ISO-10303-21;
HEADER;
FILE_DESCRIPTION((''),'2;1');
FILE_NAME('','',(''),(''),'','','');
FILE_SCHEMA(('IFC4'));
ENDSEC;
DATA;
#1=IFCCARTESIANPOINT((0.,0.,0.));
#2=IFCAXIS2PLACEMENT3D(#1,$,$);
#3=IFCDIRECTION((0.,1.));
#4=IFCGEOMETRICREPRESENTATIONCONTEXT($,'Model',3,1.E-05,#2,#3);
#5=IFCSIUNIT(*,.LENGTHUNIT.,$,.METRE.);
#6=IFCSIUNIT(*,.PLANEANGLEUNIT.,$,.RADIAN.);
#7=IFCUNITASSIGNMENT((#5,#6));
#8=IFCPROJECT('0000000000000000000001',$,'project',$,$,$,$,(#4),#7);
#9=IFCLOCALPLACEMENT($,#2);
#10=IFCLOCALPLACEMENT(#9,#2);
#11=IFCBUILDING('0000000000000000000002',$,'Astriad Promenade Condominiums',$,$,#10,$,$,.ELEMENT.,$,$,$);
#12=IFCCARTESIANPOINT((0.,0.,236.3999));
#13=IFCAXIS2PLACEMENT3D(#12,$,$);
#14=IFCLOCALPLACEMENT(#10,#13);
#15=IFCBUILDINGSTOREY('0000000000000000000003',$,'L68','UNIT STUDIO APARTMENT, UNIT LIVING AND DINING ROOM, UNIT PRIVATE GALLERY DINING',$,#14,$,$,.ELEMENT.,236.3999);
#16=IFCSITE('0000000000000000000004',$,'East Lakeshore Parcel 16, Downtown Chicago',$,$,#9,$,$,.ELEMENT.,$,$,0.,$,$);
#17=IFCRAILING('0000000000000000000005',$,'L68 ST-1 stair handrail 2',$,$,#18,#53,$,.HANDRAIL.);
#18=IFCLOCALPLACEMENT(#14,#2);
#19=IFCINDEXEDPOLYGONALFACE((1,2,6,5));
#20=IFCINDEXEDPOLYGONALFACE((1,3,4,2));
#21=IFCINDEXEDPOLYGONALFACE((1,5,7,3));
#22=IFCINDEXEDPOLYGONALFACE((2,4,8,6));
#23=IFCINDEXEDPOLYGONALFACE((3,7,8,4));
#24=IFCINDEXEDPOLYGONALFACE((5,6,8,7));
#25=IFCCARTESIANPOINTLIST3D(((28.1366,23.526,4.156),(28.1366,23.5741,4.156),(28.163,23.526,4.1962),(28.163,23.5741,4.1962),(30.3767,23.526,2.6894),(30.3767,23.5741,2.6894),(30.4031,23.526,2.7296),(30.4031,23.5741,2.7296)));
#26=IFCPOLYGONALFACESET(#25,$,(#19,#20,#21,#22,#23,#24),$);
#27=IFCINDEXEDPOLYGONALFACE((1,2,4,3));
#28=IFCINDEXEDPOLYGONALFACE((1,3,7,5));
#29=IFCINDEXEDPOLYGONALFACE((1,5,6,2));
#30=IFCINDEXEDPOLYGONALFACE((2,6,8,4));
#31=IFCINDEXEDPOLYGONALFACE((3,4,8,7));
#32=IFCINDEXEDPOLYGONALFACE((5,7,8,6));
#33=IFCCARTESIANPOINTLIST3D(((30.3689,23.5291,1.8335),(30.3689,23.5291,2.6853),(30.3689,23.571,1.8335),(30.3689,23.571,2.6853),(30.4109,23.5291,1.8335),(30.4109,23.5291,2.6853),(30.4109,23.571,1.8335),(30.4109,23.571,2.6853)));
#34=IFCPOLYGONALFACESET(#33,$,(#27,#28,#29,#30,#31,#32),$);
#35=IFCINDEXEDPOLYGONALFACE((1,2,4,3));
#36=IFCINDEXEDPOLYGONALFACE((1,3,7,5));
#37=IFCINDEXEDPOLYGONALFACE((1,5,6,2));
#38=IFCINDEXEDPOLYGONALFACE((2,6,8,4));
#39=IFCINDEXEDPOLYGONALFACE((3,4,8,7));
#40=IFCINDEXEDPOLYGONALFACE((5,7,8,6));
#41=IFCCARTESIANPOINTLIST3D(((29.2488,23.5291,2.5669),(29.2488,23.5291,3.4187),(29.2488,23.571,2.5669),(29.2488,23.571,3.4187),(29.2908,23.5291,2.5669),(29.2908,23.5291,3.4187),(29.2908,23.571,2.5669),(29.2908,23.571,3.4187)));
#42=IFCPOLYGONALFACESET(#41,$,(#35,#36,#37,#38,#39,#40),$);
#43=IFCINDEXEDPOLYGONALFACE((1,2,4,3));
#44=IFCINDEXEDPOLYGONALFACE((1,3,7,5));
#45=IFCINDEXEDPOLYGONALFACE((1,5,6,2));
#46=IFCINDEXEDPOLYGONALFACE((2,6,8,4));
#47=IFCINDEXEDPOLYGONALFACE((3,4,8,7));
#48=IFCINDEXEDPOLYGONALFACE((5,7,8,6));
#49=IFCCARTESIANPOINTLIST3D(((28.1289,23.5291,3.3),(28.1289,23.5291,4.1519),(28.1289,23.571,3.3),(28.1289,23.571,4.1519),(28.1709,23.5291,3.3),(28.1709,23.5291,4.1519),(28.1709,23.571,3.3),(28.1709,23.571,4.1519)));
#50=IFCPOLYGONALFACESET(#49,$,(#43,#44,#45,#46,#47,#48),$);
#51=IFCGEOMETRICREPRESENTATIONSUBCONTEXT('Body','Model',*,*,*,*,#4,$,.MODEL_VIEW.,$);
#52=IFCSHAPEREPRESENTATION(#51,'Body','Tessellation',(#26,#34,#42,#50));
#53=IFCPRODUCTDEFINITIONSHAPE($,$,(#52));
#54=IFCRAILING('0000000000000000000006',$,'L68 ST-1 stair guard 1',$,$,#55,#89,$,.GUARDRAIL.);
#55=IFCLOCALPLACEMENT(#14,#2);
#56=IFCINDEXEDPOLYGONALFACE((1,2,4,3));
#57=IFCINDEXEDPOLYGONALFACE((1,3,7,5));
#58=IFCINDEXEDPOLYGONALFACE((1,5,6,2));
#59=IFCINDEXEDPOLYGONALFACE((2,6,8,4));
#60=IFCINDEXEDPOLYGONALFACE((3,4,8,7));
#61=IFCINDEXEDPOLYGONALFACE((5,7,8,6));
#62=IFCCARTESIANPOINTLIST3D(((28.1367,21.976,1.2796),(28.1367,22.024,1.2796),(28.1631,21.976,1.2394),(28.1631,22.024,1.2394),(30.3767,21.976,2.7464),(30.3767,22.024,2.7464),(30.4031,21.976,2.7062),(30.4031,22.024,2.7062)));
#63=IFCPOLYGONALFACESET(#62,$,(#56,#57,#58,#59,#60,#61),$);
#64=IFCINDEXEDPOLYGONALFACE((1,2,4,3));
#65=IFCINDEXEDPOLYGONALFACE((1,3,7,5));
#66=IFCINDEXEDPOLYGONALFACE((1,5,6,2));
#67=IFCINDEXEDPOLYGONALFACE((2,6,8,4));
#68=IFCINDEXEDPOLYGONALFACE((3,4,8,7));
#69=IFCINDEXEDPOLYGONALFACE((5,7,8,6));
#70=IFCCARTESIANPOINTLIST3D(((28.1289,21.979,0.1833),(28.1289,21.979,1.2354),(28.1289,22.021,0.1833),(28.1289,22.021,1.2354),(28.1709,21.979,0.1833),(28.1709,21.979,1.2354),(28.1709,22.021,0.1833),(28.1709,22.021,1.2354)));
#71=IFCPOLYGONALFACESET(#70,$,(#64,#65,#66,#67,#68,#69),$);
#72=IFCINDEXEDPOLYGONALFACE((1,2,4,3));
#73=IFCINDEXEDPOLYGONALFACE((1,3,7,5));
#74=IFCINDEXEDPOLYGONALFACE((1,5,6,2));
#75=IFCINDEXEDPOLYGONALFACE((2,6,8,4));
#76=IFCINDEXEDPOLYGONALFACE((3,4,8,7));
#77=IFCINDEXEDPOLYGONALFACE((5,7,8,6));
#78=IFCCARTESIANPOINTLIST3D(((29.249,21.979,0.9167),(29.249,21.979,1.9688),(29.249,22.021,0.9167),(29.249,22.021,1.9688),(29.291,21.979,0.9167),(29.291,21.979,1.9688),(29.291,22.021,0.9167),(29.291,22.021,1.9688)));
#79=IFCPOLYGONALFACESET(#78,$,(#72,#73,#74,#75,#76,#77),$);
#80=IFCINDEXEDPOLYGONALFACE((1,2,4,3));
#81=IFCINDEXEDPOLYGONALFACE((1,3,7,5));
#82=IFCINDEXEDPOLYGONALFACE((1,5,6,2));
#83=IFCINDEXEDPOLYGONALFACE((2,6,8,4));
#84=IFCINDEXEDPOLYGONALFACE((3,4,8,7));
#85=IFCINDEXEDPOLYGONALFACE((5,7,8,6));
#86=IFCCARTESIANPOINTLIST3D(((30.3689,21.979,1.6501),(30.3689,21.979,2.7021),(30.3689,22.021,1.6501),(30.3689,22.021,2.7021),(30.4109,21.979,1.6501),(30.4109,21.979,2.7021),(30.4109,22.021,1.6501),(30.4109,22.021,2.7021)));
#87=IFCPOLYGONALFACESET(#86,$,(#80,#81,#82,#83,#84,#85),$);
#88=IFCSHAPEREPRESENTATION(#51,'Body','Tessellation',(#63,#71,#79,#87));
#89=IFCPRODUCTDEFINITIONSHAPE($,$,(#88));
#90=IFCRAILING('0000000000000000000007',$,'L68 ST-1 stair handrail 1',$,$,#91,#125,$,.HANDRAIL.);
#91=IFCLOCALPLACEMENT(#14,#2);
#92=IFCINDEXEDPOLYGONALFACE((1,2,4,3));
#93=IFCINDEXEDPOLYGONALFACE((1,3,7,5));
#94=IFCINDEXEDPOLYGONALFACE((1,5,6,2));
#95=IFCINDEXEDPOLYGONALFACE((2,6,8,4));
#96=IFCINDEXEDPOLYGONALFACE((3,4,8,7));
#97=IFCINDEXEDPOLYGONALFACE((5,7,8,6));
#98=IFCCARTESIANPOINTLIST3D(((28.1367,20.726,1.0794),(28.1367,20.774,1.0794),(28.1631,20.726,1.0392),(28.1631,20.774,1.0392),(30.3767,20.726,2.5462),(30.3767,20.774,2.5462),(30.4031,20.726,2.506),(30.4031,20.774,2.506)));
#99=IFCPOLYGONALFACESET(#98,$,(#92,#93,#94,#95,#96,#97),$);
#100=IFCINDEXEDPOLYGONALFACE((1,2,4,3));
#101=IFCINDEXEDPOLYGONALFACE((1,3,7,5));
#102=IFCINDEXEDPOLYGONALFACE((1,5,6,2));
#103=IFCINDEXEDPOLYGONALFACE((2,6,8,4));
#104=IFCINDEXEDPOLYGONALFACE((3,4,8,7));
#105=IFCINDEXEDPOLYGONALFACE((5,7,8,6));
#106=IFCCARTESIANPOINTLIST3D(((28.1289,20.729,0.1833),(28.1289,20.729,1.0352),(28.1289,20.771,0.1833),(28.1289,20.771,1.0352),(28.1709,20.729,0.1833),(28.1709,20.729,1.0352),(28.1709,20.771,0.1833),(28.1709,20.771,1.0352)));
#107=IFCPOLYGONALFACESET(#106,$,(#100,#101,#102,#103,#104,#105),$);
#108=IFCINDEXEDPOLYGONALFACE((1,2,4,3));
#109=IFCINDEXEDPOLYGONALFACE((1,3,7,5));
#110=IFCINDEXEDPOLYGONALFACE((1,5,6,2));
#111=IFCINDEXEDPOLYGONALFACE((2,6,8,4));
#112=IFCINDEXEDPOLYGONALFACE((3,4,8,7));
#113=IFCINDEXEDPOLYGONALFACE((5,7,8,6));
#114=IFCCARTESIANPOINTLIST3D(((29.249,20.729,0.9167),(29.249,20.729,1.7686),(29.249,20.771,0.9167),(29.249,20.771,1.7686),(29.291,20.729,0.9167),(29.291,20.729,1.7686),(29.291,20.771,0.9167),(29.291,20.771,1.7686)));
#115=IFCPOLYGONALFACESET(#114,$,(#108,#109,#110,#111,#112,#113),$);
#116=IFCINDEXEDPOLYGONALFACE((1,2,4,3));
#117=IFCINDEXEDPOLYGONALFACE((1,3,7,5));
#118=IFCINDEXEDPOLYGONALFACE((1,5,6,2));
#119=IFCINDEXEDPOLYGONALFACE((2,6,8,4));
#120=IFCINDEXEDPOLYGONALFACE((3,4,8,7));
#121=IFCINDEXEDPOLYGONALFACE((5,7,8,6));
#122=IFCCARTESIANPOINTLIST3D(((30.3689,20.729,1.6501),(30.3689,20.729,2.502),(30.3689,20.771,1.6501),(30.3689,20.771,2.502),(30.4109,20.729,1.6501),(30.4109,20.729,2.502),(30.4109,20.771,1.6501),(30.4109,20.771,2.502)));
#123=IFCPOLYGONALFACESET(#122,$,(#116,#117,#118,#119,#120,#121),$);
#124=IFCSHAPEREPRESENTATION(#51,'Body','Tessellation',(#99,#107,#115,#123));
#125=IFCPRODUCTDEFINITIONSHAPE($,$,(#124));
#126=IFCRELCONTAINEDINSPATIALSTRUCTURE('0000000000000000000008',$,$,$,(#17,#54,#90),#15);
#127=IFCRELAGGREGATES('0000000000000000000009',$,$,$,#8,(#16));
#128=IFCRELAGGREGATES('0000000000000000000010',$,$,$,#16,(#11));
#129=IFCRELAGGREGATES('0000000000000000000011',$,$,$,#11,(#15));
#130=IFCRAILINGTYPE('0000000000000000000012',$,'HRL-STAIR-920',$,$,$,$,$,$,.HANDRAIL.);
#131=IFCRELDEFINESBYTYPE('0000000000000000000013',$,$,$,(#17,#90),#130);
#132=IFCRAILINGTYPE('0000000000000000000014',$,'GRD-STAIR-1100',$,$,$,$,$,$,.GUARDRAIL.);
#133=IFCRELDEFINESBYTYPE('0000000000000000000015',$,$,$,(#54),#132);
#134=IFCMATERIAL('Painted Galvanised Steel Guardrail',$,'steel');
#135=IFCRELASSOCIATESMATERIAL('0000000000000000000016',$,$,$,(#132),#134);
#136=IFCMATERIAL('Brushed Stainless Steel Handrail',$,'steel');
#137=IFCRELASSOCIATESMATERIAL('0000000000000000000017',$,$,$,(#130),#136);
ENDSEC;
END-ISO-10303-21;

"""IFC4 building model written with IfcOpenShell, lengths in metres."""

from ifc_helpers import new_model, si_unit, direction, frame, origin, origin_2d, place, context, subcontext, project, spatial, rectangle, extrude, source, transform, mapped, material, type_object, type_shapes, element, save


model = new_model("IFC4")

# Units and contexts
model_context = context("Model", 3, precision=1e-05, world=origin(), true_north=direction((0.0, 1.0)))
body_context = subcontext(model_context, "Body", "Model", "MODEL_VIEW")
ifc_project = project(units=[si_unit("LENGTHUNIT", "METRE"), si_unit("PLANEANGLEUNIT", "RADIAN")], contexts=[model_context])

# Site, building, storey
site_placement = place(None, origin())
site = spatial("IfcSite", under=ifc_project, at=site_placement, Name="East Lakeshore Parcel 16, Downtown Chicago", CompositionType="ELEMENT", RefElevation=0.0)
building_placement = place(site_placement, origin())
building = spatial("IfcBuilding", under=site, at=building_placement, Name="Astriad Promenade Condominiums", CompositionType="ELEMENT")
storey_placement = place(building_placement, frame((0.0, 0.0, 236.3999)))
storey = spatial("IfcBuildingStorey", under=building, at=storey_placement, Name="L68", Description="UNIT STUDIO APARTMENT, UNIT LIVING AND DINING ROOM, UNIT PRIVATE GALLERY DINING", CompositionType="ELEMENT", Elevation=236.3999)

# Railings
ifc_material_1 = material(Name="Painted Galvanised Steel Guardrail", Category="steel")
railing_type_1 = type_object("IfcRailingType", Name="GRD-STAIR-1100", PredefinedType="GUARDRAIL", material=ifc_material_1)
ifc_material_2 = material(Name="Brushed Stainless Steel Handrail", Category="steel")
railing_type_2 = type_object("IfcRailingType", Name="HRL-STAIR-920", PredefinedType="HANDRAIL", material=ifc_material_2)
shared_shape_1 = source(origin(), body_context, "Body", "SweptSolid", [
    extrude(rectangle(XDim=0.0481, YDim=0.0481, at=origin_2d()), frame((0.0, 0.0, 0.876), z_axis=(-0.836637, 0.0, 0.547758), x_axis=(0.0, -1.0, 0.0)), (0.0, 0.0, 1.0), 2.6775),
    extrude(rectangle(XDim=0.042, YDim=0.042, at=origin_2d()), origin(), (0.0, 0.0, 1.0), 0.8518),
    extrude(rectangle(XDim=0.042, YDim=0.042, at=origin_2d()), frame((-1.1201, 0.0, 0.7334)), (0.0, 0.0, 1.0), 0.8518),
    extrude(rectangle(XDim=0.042, YDim=0.042, at=origin_2d()), frame((-2.24, 0.0, 1.4666)), (0.0, 0.0, 1.0), 0.8518),
])
railing_1_placement = place(storey_placement, frame((30.3899, 23.55, 1.8335)))
element("IfcRailing", 1, at=railing_1_placement, inside=storey, type_object=railing_type_2, Name="L68 ST-1 stair handrail 2", PredefinedType="HANDRAIL", context=body_context, shape_type="MappedRepresentation", body=[
    mapped(shared_shape_1, transform((0.0, 0.0, 0.0), scale=1.0)),
])
shared_shape_2 = source(origin(), body_context, "Body", "SweptSolid", [
    extrude(rectangle(XDim=0.0481, YDim=0.0481, at=origin_2d()), frame((0.0, 0.0, 1.0762), z_axis=(0.836595, 0.0, 0.547822), x_axis=(0.0, 1.0, 0.0)), (0.0, 0.0, 1.0), 2.6775),
    extrude(rectangle(XDim=0.042, YDim=0.042, at=origin_2d()), origin(), (0.0, 0.0, 1.0), 1.052),
    extrude(rectangle(XDim=0.042, YDim=0.042, at=origin_2d()), frame((1.1201, 0.0, 0.7334)), (0.0, 0.0, 1.0), 1.052),
    extrude(rectangle(XDim=0.042, YDim=0.042, at=origin_2d()), frame((2.24, 0.0, 1.4668)), (0.0, 0.0, 1.0), 1.052),
])
railing_2_placement = place(storey_placement, frame((28.1499, 22.0, 0.1833)))
element("IfcRailing", 2, at=railing_2_placement, inside=storey, type_object=railing_type_1, Name="L68 ST-1 stair guard 1", PredefinedType="GUARDRAIL", context=body_context, shape_type="MappedRepresentation", body=[
    mapped(shared_shape_2, transform((0.0, 0.0, 0.0), scale=1.0)),
])
shared_shape_3 = source(origin(), body_context, "Body", "SweptSolid", [
    extrude(rectangle(XDim=0.0481, YDim=0.0481, at=origin_2d()), frame((0.0, 0.0, 0.876), z_axis=(0.836595, 0.0, 0.547822), x_axis=(0.0, 1.0, 0.0)), (0.0, 0.0, 1.0), 2.6775),
    extrude(rectangle(XDim=0.042, YDim=0.042, at=origin_2d()), origin(), (0.0, 0.0, 1.0), 0.8518),
    extrude(rectangle(XDim=0.042, YDim=0.042, at=origin_2d()), frame((1.1201, 0.0, 0.7334)), (0.0, 0.0, 1.0), 0.8518),
    extrude(rectangle(XDim=0.042, YDim=0.042, at=origin_2d()), frame((2.24, 0.0, 1.4668)), (0.0, 0.0, 1.0), 0.8518),
])
type_shapes(railing_type_2, [shared_shape_1, shared_shape_3])
railing_3_placement = place(storey_placement, frame((28.1499, 20.75, 0.1833)))
element("IfcRailing", 3, at=railing_3_placement, inside=storey, type_object=railing_type_2, Name="L68 ST-1 stair handrail 1", PredefinedType="HANDRAIL", context=body_context, shape_type="MappedRepresentation", body=[
    mapped(shared_shape_3, transform((0.0, 0.0, 0.0), scale=1.0)),
])

save(model, "model.ifc")
